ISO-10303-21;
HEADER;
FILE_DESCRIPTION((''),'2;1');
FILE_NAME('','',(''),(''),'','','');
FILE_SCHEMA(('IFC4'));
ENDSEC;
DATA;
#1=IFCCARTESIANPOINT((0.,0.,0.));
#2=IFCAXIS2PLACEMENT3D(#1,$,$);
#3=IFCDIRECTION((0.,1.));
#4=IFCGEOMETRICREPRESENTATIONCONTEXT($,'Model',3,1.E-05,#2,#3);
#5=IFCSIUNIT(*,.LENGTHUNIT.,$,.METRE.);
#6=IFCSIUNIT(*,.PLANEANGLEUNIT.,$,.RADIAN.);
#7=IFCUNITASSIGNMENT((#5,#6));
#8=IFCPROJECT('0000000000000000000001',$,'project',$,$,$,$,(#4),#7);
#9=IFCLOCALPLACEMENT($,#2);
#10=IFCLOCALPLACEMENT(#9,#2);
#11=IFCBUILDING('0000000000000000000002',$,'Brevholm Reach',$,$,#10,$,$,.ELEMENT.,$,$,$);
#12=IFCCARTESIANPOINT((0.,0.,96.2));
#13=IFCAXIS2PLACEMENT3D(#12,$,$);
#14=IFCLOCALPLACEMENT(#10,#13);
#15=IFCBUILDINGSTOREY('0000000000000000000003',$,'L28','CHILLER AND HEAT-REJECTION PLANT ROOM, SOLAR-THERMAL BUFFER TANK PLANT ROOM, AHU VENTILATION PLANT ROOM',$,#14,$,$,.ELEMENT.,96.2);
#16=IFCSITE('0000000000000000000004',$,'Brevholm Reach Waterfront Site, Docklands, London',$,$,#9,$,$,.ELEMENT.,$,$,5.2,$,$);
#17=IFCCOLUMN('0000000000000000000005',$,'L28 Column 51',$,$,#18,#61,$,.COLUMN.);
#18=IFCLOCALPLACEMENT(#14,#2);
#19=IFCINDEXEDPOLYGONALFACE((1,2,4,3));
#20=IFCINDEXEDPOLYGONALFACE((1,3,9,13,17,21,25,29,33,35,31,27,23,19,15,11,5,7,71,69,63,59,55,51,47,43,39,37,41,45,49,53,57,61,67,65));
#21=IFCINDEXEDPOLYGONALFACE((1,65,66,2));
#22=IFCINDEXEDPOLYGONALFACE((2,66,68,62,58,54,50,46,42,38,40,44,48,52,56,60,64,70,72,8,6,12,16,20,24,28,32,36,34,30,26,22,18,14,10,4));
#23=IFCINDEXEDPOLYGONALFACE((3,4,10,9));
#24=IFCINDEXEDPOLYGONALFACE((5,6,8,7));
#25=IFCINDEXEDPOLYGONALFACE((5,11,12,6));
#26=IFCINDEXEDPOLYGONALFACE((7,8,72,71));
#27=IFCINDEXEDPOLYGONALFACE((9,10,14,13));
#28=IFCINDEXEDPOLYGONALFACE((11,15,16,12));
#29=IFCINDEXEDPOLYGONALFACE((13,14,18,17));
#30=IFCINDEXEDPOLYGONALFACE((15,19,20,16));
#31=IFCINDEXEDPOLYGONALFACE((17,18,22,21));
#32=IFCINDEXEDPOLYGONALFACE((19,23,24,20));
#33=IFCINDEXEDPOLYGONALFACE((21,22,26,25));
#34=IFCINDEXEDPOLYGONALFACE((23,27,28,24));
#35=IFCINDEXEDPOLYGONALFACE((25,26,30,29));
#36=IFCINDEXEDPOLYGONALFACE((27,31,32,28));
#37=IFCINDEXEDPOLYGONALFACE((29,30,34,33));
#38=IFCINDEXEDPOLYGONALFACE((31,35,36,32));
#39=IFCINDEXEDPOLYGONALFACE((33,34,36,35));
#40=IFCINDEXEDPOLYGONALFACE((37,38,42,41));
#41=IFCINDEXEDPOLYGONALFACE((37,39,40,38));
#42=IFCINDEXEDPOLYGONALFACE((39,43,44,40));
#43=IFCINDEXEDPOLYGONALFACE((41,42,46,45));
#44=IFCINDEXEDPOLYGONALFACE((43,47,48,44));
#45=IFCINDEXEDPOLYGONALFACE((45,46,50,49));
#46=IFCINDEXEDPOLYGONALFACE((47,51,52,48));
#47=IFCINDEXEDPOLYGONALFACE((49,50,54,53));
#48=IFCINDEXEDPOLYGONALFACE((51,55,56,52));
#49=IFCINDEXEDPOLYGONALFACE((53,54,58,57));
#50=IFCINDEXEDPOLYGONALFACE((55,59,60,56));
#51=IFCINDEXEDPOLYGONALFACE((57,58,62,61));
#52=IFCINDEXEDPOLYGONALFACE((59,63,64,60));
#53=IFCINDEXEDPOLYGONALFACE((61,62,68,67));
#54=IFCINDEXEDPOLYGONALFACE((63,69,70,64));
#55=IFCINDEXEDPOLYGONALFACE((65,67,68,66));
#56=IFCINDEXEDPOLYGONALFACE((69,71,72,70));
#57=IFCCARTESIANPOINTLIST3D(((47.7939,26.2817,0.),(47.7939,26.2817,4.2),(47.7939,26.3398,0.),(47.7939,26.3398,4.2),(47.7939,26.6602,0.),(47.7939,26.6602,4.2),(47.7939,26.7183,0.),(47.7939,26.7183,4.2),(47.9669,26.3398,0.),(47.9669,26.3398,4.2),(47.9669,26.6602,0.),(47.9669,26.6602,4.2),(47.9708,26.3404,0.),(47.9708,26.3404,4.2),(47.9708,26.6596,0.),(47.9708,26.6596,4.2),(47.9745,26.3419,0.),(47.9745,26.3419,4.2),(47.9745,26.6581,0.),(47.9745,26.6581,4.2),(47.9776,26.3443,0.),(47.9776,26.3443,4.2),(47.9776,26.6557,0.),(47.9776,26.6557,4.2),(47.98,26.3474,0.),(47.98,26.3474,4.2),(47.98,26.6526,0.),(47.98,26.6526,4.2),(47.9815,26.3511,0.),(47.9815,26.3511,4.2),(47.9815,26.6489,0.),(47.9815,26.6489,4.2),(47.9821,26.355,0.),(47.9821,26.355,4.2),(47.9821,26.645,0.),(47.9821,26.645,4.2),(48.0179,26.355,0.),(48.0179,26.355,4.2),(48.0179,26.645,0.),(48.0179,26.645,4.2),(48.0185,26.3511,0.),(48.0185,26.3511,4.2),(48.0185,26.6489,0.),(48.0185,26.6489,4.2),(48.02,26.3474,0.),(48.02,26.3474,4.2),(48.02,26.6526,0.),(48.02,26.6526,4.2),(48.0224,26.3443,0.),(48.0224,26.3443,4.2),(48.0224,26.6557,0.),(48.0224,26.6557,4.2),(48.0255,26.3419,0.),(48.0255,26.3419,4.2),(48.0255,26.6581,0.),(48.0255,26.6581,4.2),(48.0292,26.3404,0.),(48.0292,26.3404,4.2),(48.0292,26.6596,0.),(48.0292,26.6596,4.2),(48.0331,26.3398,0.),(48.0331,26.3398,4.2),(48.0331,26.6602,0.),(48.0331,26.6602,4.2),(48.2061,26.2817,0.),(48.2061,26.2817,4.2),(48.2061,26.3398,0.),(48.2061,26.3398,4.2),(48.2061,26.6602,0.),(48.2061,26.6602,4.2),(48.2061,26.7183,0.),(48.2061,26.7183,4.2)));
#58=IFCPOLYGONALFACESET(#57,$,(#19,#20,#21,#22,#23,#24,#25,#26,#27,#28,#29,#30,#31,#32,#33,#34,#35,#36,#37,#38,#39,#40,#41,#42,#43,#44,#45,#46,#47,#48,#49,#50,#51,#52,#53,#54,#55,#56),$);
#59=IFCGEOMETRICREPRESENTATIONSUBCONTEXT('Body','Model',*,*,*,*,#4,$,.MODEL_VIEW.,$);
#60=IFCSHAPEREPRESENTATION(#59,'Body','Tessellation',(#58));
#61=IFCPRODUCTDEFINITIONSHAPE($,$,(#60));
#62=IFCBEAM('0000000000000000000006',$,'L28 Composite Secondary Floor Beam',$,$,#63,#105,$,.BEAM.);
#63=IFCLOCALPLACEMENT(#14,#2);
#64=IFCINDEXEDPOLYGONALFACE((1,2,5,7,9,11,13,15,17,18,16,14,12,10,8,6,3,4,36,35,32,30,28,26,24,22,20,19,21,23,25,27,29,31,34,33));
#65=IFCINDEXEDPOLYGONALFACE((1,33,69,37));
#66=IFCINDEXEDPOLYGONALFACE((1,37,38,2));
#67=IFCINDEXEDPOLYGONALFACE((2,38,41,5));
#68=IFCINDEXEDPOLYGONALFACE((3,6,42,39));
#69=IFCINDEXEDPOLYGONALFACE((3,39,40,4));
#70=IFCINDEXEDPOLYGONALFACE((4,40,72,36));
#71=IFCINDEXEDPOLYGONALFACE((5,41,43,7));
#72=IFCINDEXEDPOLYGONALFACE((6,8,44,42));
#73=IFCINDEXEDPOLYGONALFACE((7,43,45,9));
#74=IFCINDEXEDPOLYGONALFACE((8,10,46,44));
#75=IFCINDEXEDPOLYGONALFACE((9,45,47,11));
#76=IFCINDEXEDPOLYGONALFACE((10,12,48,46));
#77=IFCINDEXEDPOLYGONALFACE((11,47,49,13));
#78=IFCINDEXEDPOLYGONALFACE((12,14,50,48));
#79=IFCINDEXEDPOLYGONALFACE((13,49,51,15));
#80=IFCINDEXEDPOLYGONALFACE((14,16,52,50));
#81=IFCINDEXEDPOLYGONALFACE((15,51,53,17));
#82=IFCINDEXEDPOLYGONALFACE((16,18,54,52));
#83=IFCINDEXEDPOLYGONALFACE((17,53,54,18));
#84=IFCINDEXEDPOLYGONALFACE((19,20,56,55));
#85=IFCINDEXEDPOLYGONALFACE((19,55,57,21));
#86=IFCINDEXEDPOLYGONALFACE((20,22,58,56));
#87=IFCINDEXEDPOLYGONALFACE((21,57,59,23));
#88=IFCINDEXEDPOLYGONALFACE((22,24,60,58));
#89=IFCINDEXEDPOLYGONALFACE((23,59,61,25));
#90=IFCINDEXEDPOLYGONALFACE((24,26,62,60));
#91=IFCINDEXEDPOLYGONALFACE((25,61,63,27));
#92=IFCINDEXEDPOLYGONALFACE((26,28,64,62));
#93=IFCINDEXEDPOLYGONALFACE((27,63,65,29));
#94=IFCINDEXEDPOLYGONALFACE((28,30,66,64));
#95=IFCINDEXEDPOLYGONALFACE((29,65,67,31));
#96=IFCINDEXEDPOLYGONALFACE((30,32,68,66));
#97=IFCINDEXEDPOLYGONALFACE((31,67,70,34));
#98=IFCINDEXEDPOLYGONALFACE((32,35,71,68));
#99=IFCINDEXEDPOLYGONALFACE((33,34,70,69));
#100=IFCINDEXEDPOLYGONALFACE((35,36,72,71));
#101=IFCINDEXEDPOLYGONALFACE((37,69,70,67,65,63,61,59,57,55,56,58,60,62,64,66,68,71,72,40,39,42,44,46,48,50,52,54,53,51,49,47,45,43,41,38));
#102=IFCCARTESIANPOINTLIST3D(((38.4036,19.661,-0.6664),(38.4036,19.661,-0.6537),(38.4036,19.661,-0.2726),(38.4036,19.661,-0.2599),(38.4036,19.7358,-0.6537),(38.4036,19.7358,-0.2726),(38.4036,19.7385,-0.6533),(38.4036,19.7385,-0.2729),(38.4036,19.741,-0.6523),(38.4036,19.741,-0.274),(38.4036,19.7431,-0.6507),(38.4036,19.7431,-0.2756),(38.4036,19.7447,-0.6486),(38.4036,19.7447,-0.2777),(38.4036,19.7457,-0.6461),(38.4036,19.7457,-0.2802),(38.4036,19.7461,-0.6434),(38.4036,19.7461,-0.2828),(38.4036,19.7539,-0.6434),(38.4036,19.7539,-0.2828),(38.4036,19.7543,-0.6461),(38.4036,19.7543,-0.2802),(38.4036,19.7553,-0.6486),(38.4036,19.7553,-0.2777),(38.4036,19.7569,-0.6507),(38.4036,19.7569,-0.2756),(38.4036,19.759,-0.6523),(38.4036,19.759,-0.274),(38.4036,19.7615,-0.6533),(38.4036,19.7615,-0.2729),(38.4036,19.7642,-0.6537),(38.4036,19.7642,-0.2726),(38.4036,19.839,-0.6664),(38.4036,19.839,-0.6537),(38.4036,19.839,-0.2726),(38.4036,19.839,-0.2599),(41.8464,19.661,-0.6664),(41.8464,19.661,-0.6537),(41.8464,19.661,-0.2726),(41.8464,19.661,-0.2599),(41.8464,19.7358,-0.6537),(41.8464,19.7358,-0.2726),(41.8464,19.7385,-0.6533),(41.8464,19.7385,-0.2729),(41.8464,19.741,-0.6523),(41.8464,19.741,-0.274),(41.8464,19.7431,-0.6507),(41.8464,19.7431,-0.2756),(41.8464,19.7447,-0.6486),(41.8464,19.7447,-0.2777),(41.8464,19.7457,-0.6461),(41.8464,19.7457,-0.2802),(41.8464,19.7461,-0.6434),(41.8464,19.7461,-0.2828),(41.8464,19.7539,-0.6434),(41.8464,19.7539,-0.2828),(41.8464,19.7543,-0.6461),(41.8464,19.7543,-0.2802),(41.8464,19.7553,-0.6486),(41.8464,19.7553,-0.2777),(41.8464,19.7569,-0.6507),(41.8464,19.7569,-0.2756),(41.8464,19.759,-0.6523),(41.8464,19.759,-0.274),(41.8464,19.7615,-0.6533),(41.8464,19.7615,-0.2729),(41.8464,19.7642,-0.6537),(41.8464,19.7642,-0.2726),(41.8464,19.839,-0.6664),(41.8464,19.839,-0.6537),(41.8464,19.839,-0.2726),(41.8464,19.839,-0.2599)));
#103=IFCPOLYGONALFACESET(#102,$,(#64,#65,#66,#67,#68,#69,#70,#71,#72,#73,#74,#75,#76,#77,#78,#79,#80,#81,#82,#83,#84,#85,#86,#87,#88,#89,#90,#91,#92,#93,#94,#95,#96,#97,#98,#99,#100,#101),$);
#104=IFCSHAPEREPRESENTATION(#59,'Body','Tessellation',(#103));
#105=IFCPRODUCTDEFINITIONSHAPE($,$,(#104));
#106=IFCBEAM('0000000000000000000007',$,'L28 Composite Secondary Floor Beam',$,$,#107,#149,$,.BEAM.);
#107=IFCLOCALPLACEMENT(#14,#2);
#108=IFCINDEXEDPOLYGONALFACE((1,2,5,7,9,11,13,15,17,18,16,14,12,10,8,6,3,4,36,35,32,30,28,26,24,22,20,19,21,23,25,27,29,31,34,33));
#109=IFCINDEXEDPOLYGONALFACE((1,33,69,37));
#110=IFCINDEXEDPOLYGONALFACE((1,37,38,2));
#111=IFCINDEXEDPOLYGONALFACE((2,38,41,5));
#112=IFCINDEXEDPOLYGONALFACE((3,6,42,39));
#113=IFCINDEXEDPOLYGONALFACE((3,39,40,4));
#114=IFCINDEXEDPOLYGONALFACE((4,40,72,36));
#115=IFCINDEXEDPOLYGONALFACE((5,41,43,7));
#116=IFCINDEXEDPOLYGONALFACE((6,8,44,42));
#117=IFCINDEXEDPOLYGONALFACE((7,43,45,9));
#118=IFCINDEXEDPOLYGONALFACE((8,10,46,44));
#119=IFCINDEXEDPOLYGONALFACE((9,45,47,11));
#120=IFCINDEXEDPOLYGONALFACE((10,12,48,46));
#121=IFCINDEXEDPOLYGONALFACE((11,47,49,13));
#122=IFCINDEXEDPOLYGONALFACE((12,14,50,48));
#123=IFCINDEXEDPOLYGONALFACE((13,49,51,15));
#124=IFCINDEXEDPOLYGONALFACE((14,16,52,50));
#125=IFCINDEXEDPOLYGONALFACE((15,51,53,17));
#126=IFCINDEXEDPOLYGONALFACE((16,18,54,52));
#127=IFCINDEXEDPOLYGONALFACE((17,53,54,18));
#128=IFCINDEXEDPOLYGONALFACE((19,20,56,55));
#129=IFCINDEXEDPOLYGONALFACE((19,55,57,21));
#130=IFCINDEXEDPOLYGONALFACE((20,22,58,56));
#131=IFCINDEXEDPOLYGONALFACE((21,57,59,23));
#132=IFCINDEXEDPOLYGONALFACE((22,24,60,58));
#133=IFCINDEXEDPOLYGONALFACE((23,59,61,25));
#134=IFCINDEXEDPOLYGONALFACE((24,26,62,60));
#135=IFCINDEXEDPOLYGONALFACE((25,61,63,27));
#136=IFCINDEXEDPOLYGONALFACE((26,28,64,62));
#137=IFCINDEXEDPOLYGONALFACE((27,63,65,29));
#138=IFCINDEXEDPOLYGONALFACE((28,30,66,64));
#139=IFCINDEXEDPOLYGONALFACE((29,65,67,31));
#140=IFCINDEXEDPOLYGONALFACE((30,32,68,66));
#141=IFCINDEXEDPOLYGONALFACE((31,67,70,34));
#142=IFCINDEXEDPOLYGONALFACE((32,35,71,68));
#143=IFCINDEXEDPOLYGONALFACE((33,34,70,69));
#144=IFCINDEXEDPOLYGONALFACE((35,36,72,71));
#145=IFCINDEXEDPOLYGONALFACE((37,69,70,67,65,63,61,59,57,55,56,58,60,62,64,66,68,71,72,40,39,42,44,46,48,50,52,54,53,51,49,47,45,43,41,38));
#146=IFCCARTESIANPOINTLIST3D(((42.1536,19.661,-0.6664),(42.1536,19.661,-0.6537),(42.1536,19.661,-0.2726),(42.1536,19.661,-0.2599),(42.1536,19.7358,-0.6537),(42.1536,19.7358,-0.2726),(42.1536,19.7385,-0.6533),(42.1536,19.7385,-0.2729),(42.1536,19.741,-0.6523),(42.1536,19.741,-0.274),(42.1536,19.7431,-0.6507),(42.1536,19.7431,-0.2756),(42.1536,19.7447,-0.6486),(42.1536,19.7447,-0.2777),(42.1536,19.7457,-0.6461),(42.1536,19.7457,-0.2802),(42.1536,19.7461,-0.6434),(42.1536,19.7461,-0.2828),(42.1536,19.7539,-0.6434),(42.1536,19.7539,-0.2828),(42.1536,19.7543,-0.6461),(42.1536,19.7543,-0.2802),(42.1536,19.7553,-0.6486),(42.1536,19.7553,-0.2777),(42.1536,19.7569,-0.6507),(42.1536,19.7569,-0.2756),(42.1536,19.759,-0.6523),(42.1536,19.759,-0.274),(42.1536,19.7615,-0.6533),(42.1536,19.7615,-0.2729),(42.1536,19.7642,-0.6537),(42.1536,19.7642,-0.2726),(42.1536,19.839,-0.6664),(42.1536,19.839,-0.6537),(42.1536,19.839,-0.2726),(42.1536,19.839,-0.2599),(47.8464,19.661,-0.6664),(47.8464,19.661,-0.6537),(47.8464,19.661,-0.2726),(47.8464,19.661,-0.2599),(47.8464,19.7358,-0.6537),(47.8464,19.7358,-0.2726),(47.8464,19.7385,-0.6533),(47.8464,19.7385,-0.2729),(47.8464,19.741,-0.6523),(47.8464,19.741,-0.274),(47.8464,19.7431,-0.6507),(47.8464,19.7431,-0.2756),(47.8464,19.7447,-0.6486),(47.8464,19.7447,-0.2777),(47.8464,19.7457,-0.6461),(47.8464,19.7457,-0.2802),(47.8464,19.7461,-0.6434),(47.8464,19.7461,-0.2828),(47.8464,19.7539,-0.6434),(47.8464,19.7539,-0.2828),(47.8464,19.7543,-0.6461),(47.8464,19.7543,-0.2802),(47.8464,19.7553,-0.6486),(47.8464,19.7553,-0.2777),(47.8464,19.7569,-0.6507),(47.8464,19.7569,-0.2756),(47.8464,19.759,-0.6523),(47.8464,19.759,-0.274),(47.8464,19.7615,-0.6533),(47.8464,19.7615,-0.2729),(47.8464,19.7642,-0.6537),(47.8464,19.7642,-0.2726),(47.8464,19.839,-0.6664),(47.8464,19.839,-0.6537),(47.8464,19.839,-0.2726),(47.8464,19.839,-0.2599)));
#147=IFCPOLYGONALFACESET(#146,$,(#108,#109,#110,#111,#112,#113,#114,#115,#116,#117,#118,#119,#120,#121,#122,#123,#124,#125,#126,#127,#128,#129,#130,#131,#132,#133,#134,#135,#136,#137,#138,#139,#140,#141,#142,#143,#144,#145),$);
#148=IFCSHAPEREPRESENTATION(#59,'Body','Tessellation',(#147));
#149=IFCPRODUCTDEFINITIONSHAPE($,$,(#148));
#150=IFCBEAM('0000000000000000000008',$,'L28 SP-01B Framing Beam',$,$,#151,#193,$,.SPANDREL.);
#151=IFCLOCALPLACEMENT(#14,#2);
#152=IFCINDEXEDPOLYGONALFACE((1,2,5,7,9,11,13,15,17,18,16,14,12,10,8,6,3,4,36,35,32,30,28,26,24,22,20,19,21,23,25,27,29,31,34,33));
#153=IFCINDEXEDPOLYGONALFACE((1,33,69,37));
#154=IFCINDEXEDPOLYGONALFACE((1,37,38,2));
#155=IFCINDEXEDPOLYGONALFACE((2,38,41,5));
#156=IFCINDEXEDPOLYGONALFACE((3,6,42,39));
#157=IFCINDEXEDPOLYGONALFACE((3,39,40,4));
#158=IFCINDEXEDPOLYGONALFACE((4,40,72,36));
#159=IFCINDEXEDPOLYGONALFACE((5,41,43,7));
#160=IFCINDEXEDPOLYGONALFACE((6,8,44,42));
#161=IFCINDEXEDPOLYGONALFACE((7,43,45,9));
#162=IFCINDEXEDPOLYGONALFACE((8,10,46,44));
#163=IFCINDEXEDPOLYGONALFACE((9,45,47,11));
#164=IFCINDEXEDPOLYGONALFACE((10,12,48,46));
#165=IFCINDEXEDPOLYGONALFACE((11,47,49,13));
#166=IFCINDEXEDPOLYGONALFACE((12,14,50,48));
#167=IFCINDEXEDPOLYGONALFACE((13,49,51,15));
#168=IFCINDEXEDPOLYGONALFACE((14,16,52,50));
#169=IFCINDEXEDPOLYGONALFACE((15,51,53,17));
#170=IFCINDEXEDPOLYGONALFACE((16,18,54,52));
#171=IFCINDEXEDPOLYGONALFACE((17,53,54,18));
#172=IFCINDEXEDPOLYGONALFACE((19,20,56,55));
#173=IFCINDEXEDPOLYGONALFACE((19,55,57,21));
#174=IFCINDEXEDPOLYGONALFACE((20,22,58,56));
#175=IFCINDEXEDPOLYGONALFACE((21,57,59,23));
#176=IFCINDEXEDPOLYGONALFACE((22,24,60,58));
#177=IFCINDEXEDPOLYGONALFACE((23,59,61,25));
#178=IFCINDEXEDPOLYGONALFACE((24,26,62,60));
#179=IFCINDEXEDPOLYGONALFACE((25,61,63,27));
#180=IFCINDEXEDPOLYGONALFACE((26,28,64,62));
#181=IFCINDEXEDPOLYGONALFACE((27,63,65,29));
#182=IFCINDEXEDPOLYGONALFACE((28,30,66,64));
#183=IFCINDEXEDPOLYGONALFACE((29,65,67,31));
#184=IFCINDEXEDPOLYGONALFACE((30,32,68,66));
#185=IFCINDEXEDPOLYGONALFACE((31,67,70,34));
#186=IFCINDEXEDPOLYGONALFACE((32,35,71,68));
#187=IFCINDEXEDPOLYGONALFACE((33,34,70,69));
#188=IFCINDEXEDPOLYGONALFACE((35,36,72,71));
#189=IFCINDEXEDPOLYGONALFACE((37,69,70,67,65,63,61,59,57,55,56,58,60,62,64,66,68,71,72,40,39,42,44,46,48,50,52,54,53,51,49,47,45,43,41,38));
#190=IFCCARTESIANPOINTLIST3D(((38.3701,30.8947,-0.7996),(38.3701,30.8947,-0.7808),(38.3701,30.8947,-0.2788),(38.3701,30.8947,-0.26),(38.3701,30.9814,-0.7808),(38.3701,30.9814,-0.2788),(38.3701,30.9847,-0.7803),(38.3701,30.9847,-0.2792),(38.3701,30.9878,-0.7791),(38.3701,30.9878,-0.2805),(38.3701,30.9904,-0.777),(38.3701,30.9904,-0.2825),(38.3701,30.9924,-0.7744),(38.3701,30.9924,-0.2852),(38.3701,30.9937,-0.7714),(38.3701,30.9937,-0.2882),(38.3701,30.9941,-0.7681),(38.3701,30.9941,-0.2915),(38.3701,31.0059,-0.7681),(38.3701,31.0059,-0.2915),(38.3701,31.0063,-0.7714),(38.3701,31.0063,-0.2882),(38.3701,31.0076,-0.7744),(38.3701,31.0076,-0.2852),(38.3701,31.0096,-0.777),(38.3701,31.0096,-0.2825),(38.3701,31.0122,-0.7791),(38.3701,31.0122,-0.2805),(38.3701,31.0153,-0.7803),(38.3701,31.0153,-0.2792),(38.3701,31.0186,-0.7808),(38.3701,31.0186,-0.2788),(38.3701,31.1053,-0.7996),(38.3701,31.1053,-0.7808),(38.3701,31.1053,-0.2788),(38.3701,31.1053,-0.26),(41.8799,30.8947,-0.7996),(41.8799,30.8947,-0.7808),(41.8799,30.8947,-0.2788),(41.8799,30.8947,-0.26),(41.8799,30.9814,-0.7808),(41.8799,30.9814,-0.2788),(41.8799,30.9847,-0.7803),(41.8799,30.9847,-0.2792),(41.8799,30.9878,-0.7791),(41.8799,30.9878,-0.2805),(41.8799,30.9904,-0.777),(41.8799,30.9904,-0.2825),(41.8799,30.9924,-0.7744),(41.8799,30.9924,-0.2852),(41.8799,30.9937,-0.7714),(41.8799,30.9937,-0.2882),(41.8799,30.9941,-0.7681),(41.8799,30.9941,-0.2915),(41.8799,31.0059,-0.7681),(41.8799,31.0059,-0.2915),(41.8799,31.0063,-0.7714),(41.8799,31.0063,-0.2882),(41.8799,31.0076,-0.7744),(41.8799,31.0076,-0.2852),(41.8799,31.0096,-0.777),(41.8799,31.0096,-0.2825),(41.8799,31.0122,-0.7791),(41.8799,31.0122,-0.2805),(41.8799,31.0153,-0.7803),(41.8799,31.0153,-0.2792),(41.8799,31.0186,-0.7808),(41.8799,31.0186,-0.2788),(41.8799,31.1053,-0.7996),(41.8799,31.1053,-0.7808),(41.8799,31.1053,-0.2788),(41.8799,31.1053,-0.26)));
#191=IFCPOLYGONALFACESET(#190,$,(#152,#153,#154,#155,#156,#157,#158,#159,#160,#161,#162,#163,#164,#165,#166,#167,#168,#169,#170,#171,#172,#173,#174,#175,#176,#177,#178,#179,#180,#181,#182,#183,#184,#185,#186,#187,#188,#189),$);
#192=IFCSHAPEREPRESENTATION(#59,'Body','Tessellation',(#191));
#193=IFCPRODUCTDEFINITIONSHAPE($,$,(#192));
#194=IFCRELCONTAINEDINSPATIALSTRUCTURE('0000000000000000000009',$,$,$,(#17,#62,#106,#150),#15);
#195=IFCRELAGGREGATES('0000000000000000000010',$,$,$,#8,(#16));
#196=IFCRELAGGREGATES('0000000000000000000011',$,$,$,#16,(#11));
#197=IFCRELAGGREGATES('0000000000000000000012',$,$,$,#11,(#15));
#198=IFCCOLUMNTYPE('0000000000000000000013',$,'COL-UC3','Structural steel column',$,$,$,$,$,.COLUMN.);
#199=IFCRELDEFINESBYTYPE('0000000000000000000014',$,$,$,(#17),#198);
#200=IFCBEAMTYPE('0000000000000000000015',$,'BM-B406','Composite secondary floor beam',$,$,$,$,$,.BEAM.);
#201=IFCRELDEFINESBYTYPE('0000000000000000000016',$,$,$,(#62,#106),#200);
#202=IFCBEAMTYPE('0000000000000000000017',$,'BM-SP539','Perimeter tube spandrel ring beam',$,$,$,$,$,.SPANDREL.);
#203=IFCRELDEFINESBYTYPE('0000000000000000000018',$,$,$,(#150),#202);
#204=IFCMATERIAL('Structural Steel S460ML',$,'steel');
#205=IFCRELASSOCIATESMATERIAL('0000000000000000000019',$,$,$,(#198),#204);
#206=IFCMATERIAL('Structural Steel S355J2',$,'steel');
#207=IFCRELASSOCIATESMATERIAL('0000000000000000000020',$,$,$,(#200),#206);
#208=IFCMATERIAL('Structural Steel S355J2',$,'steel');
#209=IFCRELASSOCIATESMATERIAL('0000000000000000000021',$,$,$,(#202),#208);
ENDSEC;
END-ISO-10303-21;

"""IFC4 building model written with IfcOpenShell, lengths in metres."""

from ifc_helpers import new_model, si_unit, direction, frame, origin, origin_2d, place, context, subcontext, project, spatial, i_section, extrude, material, material_profile, profile_set, type_object, element, save


model = new_model("IFC4")

# Units and contexts
model_context = context("Model", 3, precision=1e-05, world=origin(), true_north=direction((0.0, 1.0)))
body_context = subcontext(model_context, "Body", "Model", "MODEL_VIEW")
ifc_project = project(units=[si_unit("LENGTHUNIT", "METRE"), si_unit("PLANEANGLEUNIT", "RADIAN")], contexts=[model_context])

# Site, building, storey
site_placement = place(None, origin())
site = spatial("IfcSite", under=ifc_project, at=site_placement, Name="Brevholm Reach Waterfront Site, Docklands, London", CompositionType="ELEMENT", RefElevation=5.2)
building_placement = place(site_placement, origin())
building = spatial("IfcBuilding", under=site, at=building_placement, Name="Brevholm Reach", CompositionType="ELEMENT")
storey_placement = place(building_placement, frame((0.0, 0.0, 96.2)))
storey = spatial("IfcBuildingStorey", under=building, at=storey_placement, Name="L28", Description="CHILLER AND HEAT-REJECTION PLANT ROOM, SOLAR-THERMAL BUFFER TANK PLANT ROOM, AHU VENTILATION PLANT ROOM", CompositionType="ELEMENT", Elevation=96.2)

# Column
ifc_material_1 = material(Name="Structural Steel S460ML", Category="steel")
ifc_material_profile_1 = material_profile(ifc_material_1, i_section(OverallWidth=0.4121, OverallDepth=0.4365, WebThickness=0.0359, FlangeThickness=0.0581, FilletRadius=0.0151, at=origin_2d()), Name="UKC 356x406x467")
ifc_profile_set_1 = profile_set([ifc_material_profile_1], Name="Structural Steel S460ML")
column_type_1 = type_object("IfcColumnType", Name="COL-UC3", Description="Structural steel column", PredefinedType="COLUMN", material=ifc_profile_set_1)
for number, where, z_axis, x_axis, name in (
    (1, (48.0, 26.5, 0.0), (0.0, 0.0, 1.0), (1.0, 0.0, 0.0), "L28 Column 51"),
):
    element("IfcColumn", number, at=place(storey_placement, frame(where, z_axis=z_axis, x_axis=x_axis)), inside=storey, type_object=column_type_1, Name=name, PredefinedType="COLUMN", context=body_context, shape_type="SweptSolid", body=[
        extrude(i_section(OverallWidth=0.4121, OverallDepth=0.4365, WebThickness=0.0359, FlangeThickness=0.0581, FilletRadius=0.0151, at=origin_2d()), origin(), (0.0, 0.0, 1.0), 4.2),
    ])

# Beams
ifc_material_2 = material(Name="Structural Steel S355J2", Category="steel")
ifc_material_profile_2 = material_profile(ifc_material_2, i_section(OverallWidth=0.178, OverallDepth=0.4065, WebThickness=0.0078, FlangeThickness=0.0127, FilletRadius=0.0103, at=origin_2d()), Name="UKB 406x178x60")
ifc_profile_set_2 = profile_set([ifc_material_profile_2], Name="Structural Steel S355J2")
beam_type_1 = type_object("IfcBeamType", Name="BM-B406", Description="Composite secondary floor beam", PredefinedType="BEAM", material=ifc_profile_set_2)
beam_1_placement = place(storey_placement, frame((38.4036, 19.75, -0.4631), z_axis=(1.0, 0.0, 0.0), x_axis=(0.0, 1.0, 0.0)))
element("IfcBeam", 2, at=beam_1_placement, inside=storey, type_object=beam_type_1, Name="L28 Composite Secondary Floor Beam", PredefinedType="BEAM", context=body_context, shape_type="SweptSolid", body=[
    extrude(i_section(OverallWidth=0.178, OverallDepth=0.4065, WebThickness=0.0078, FlangeThickness=0.0127, FilletRadius=0.0103, at=origin_2d()), origin(), (0.0, 0.0, 1.0), 3.4429),
])
beam_2_placement = place(storey_placement, frame((42.1536, 19.75, -0.4631), z_axis=(1.0, 0.0, 0.0), x_axis=(0.0, 1.0, 0.0)))
element("IfcBeam", 3, at=beam_2_placement, inside=storey, type_object=beam_type_1, Name="L28 Composite Secondary Floor Beam", PredefinedType="BEAM", context=body_context, shape_type="SweptSolid", body=[
    extrude(i_section(OverallWidth=0.178, OverallDepth=0.4065, WebThickness=0.0078, FlangeThickness=0.0127, FilletRadius=0.0103, at=origin_2d()), origin(), (0.0, 0.0, 1.0), 5.6929),
])
ifc_material_3 = material(Name="Structural Steel S355J2", Category="steel")
ifc_material_profile_3 = material_profile(ifc_material_3, i_section(OverallWidth=0.2107, OverallDepth=0.5396, WebThickness=0.0117, FlangeThickness=0.0188, FilletRadius=0.0127, at=origin_2d()), Name="UKB 533x210x109")
ifc_profile_set_3 = profile_set([ifc_material_profile_3], Name="Structural Steel S355J2")
beam_type_2 = type_object("IfcBeamType", Name="BM-SP539", Description="Perimeter tube spandrel ring beam", PredefinedType="SPANDREL", material=ifc_profile_set_3)
beam_3_placement = place(storey_placement, frame((38.3701, 31.0, -0.5298), z_axis=(1.0, 0.0, 0.0), x_axis=(0.0, 1.0, 0.0)))
element("IfcBeam", 4, at=beam_3_placement, inside=storey, type_object=beam_type_2, Name="L28 SP-01B Framing Beam", PredefinedType="SPANDREL", context=body_context, shape_type="SweptSolid", body=[
    extrude(i_section(OverallWidth=0.2107, OverallDepth=0.5396, WebThickness=0.0117, FlangeThickness=0.0188, FilletRadius=0.0127, at=origin_2d()), origin(), (0.0, 0.0, 1.0), 3.5098),
])

save(model, "model.ifc")
